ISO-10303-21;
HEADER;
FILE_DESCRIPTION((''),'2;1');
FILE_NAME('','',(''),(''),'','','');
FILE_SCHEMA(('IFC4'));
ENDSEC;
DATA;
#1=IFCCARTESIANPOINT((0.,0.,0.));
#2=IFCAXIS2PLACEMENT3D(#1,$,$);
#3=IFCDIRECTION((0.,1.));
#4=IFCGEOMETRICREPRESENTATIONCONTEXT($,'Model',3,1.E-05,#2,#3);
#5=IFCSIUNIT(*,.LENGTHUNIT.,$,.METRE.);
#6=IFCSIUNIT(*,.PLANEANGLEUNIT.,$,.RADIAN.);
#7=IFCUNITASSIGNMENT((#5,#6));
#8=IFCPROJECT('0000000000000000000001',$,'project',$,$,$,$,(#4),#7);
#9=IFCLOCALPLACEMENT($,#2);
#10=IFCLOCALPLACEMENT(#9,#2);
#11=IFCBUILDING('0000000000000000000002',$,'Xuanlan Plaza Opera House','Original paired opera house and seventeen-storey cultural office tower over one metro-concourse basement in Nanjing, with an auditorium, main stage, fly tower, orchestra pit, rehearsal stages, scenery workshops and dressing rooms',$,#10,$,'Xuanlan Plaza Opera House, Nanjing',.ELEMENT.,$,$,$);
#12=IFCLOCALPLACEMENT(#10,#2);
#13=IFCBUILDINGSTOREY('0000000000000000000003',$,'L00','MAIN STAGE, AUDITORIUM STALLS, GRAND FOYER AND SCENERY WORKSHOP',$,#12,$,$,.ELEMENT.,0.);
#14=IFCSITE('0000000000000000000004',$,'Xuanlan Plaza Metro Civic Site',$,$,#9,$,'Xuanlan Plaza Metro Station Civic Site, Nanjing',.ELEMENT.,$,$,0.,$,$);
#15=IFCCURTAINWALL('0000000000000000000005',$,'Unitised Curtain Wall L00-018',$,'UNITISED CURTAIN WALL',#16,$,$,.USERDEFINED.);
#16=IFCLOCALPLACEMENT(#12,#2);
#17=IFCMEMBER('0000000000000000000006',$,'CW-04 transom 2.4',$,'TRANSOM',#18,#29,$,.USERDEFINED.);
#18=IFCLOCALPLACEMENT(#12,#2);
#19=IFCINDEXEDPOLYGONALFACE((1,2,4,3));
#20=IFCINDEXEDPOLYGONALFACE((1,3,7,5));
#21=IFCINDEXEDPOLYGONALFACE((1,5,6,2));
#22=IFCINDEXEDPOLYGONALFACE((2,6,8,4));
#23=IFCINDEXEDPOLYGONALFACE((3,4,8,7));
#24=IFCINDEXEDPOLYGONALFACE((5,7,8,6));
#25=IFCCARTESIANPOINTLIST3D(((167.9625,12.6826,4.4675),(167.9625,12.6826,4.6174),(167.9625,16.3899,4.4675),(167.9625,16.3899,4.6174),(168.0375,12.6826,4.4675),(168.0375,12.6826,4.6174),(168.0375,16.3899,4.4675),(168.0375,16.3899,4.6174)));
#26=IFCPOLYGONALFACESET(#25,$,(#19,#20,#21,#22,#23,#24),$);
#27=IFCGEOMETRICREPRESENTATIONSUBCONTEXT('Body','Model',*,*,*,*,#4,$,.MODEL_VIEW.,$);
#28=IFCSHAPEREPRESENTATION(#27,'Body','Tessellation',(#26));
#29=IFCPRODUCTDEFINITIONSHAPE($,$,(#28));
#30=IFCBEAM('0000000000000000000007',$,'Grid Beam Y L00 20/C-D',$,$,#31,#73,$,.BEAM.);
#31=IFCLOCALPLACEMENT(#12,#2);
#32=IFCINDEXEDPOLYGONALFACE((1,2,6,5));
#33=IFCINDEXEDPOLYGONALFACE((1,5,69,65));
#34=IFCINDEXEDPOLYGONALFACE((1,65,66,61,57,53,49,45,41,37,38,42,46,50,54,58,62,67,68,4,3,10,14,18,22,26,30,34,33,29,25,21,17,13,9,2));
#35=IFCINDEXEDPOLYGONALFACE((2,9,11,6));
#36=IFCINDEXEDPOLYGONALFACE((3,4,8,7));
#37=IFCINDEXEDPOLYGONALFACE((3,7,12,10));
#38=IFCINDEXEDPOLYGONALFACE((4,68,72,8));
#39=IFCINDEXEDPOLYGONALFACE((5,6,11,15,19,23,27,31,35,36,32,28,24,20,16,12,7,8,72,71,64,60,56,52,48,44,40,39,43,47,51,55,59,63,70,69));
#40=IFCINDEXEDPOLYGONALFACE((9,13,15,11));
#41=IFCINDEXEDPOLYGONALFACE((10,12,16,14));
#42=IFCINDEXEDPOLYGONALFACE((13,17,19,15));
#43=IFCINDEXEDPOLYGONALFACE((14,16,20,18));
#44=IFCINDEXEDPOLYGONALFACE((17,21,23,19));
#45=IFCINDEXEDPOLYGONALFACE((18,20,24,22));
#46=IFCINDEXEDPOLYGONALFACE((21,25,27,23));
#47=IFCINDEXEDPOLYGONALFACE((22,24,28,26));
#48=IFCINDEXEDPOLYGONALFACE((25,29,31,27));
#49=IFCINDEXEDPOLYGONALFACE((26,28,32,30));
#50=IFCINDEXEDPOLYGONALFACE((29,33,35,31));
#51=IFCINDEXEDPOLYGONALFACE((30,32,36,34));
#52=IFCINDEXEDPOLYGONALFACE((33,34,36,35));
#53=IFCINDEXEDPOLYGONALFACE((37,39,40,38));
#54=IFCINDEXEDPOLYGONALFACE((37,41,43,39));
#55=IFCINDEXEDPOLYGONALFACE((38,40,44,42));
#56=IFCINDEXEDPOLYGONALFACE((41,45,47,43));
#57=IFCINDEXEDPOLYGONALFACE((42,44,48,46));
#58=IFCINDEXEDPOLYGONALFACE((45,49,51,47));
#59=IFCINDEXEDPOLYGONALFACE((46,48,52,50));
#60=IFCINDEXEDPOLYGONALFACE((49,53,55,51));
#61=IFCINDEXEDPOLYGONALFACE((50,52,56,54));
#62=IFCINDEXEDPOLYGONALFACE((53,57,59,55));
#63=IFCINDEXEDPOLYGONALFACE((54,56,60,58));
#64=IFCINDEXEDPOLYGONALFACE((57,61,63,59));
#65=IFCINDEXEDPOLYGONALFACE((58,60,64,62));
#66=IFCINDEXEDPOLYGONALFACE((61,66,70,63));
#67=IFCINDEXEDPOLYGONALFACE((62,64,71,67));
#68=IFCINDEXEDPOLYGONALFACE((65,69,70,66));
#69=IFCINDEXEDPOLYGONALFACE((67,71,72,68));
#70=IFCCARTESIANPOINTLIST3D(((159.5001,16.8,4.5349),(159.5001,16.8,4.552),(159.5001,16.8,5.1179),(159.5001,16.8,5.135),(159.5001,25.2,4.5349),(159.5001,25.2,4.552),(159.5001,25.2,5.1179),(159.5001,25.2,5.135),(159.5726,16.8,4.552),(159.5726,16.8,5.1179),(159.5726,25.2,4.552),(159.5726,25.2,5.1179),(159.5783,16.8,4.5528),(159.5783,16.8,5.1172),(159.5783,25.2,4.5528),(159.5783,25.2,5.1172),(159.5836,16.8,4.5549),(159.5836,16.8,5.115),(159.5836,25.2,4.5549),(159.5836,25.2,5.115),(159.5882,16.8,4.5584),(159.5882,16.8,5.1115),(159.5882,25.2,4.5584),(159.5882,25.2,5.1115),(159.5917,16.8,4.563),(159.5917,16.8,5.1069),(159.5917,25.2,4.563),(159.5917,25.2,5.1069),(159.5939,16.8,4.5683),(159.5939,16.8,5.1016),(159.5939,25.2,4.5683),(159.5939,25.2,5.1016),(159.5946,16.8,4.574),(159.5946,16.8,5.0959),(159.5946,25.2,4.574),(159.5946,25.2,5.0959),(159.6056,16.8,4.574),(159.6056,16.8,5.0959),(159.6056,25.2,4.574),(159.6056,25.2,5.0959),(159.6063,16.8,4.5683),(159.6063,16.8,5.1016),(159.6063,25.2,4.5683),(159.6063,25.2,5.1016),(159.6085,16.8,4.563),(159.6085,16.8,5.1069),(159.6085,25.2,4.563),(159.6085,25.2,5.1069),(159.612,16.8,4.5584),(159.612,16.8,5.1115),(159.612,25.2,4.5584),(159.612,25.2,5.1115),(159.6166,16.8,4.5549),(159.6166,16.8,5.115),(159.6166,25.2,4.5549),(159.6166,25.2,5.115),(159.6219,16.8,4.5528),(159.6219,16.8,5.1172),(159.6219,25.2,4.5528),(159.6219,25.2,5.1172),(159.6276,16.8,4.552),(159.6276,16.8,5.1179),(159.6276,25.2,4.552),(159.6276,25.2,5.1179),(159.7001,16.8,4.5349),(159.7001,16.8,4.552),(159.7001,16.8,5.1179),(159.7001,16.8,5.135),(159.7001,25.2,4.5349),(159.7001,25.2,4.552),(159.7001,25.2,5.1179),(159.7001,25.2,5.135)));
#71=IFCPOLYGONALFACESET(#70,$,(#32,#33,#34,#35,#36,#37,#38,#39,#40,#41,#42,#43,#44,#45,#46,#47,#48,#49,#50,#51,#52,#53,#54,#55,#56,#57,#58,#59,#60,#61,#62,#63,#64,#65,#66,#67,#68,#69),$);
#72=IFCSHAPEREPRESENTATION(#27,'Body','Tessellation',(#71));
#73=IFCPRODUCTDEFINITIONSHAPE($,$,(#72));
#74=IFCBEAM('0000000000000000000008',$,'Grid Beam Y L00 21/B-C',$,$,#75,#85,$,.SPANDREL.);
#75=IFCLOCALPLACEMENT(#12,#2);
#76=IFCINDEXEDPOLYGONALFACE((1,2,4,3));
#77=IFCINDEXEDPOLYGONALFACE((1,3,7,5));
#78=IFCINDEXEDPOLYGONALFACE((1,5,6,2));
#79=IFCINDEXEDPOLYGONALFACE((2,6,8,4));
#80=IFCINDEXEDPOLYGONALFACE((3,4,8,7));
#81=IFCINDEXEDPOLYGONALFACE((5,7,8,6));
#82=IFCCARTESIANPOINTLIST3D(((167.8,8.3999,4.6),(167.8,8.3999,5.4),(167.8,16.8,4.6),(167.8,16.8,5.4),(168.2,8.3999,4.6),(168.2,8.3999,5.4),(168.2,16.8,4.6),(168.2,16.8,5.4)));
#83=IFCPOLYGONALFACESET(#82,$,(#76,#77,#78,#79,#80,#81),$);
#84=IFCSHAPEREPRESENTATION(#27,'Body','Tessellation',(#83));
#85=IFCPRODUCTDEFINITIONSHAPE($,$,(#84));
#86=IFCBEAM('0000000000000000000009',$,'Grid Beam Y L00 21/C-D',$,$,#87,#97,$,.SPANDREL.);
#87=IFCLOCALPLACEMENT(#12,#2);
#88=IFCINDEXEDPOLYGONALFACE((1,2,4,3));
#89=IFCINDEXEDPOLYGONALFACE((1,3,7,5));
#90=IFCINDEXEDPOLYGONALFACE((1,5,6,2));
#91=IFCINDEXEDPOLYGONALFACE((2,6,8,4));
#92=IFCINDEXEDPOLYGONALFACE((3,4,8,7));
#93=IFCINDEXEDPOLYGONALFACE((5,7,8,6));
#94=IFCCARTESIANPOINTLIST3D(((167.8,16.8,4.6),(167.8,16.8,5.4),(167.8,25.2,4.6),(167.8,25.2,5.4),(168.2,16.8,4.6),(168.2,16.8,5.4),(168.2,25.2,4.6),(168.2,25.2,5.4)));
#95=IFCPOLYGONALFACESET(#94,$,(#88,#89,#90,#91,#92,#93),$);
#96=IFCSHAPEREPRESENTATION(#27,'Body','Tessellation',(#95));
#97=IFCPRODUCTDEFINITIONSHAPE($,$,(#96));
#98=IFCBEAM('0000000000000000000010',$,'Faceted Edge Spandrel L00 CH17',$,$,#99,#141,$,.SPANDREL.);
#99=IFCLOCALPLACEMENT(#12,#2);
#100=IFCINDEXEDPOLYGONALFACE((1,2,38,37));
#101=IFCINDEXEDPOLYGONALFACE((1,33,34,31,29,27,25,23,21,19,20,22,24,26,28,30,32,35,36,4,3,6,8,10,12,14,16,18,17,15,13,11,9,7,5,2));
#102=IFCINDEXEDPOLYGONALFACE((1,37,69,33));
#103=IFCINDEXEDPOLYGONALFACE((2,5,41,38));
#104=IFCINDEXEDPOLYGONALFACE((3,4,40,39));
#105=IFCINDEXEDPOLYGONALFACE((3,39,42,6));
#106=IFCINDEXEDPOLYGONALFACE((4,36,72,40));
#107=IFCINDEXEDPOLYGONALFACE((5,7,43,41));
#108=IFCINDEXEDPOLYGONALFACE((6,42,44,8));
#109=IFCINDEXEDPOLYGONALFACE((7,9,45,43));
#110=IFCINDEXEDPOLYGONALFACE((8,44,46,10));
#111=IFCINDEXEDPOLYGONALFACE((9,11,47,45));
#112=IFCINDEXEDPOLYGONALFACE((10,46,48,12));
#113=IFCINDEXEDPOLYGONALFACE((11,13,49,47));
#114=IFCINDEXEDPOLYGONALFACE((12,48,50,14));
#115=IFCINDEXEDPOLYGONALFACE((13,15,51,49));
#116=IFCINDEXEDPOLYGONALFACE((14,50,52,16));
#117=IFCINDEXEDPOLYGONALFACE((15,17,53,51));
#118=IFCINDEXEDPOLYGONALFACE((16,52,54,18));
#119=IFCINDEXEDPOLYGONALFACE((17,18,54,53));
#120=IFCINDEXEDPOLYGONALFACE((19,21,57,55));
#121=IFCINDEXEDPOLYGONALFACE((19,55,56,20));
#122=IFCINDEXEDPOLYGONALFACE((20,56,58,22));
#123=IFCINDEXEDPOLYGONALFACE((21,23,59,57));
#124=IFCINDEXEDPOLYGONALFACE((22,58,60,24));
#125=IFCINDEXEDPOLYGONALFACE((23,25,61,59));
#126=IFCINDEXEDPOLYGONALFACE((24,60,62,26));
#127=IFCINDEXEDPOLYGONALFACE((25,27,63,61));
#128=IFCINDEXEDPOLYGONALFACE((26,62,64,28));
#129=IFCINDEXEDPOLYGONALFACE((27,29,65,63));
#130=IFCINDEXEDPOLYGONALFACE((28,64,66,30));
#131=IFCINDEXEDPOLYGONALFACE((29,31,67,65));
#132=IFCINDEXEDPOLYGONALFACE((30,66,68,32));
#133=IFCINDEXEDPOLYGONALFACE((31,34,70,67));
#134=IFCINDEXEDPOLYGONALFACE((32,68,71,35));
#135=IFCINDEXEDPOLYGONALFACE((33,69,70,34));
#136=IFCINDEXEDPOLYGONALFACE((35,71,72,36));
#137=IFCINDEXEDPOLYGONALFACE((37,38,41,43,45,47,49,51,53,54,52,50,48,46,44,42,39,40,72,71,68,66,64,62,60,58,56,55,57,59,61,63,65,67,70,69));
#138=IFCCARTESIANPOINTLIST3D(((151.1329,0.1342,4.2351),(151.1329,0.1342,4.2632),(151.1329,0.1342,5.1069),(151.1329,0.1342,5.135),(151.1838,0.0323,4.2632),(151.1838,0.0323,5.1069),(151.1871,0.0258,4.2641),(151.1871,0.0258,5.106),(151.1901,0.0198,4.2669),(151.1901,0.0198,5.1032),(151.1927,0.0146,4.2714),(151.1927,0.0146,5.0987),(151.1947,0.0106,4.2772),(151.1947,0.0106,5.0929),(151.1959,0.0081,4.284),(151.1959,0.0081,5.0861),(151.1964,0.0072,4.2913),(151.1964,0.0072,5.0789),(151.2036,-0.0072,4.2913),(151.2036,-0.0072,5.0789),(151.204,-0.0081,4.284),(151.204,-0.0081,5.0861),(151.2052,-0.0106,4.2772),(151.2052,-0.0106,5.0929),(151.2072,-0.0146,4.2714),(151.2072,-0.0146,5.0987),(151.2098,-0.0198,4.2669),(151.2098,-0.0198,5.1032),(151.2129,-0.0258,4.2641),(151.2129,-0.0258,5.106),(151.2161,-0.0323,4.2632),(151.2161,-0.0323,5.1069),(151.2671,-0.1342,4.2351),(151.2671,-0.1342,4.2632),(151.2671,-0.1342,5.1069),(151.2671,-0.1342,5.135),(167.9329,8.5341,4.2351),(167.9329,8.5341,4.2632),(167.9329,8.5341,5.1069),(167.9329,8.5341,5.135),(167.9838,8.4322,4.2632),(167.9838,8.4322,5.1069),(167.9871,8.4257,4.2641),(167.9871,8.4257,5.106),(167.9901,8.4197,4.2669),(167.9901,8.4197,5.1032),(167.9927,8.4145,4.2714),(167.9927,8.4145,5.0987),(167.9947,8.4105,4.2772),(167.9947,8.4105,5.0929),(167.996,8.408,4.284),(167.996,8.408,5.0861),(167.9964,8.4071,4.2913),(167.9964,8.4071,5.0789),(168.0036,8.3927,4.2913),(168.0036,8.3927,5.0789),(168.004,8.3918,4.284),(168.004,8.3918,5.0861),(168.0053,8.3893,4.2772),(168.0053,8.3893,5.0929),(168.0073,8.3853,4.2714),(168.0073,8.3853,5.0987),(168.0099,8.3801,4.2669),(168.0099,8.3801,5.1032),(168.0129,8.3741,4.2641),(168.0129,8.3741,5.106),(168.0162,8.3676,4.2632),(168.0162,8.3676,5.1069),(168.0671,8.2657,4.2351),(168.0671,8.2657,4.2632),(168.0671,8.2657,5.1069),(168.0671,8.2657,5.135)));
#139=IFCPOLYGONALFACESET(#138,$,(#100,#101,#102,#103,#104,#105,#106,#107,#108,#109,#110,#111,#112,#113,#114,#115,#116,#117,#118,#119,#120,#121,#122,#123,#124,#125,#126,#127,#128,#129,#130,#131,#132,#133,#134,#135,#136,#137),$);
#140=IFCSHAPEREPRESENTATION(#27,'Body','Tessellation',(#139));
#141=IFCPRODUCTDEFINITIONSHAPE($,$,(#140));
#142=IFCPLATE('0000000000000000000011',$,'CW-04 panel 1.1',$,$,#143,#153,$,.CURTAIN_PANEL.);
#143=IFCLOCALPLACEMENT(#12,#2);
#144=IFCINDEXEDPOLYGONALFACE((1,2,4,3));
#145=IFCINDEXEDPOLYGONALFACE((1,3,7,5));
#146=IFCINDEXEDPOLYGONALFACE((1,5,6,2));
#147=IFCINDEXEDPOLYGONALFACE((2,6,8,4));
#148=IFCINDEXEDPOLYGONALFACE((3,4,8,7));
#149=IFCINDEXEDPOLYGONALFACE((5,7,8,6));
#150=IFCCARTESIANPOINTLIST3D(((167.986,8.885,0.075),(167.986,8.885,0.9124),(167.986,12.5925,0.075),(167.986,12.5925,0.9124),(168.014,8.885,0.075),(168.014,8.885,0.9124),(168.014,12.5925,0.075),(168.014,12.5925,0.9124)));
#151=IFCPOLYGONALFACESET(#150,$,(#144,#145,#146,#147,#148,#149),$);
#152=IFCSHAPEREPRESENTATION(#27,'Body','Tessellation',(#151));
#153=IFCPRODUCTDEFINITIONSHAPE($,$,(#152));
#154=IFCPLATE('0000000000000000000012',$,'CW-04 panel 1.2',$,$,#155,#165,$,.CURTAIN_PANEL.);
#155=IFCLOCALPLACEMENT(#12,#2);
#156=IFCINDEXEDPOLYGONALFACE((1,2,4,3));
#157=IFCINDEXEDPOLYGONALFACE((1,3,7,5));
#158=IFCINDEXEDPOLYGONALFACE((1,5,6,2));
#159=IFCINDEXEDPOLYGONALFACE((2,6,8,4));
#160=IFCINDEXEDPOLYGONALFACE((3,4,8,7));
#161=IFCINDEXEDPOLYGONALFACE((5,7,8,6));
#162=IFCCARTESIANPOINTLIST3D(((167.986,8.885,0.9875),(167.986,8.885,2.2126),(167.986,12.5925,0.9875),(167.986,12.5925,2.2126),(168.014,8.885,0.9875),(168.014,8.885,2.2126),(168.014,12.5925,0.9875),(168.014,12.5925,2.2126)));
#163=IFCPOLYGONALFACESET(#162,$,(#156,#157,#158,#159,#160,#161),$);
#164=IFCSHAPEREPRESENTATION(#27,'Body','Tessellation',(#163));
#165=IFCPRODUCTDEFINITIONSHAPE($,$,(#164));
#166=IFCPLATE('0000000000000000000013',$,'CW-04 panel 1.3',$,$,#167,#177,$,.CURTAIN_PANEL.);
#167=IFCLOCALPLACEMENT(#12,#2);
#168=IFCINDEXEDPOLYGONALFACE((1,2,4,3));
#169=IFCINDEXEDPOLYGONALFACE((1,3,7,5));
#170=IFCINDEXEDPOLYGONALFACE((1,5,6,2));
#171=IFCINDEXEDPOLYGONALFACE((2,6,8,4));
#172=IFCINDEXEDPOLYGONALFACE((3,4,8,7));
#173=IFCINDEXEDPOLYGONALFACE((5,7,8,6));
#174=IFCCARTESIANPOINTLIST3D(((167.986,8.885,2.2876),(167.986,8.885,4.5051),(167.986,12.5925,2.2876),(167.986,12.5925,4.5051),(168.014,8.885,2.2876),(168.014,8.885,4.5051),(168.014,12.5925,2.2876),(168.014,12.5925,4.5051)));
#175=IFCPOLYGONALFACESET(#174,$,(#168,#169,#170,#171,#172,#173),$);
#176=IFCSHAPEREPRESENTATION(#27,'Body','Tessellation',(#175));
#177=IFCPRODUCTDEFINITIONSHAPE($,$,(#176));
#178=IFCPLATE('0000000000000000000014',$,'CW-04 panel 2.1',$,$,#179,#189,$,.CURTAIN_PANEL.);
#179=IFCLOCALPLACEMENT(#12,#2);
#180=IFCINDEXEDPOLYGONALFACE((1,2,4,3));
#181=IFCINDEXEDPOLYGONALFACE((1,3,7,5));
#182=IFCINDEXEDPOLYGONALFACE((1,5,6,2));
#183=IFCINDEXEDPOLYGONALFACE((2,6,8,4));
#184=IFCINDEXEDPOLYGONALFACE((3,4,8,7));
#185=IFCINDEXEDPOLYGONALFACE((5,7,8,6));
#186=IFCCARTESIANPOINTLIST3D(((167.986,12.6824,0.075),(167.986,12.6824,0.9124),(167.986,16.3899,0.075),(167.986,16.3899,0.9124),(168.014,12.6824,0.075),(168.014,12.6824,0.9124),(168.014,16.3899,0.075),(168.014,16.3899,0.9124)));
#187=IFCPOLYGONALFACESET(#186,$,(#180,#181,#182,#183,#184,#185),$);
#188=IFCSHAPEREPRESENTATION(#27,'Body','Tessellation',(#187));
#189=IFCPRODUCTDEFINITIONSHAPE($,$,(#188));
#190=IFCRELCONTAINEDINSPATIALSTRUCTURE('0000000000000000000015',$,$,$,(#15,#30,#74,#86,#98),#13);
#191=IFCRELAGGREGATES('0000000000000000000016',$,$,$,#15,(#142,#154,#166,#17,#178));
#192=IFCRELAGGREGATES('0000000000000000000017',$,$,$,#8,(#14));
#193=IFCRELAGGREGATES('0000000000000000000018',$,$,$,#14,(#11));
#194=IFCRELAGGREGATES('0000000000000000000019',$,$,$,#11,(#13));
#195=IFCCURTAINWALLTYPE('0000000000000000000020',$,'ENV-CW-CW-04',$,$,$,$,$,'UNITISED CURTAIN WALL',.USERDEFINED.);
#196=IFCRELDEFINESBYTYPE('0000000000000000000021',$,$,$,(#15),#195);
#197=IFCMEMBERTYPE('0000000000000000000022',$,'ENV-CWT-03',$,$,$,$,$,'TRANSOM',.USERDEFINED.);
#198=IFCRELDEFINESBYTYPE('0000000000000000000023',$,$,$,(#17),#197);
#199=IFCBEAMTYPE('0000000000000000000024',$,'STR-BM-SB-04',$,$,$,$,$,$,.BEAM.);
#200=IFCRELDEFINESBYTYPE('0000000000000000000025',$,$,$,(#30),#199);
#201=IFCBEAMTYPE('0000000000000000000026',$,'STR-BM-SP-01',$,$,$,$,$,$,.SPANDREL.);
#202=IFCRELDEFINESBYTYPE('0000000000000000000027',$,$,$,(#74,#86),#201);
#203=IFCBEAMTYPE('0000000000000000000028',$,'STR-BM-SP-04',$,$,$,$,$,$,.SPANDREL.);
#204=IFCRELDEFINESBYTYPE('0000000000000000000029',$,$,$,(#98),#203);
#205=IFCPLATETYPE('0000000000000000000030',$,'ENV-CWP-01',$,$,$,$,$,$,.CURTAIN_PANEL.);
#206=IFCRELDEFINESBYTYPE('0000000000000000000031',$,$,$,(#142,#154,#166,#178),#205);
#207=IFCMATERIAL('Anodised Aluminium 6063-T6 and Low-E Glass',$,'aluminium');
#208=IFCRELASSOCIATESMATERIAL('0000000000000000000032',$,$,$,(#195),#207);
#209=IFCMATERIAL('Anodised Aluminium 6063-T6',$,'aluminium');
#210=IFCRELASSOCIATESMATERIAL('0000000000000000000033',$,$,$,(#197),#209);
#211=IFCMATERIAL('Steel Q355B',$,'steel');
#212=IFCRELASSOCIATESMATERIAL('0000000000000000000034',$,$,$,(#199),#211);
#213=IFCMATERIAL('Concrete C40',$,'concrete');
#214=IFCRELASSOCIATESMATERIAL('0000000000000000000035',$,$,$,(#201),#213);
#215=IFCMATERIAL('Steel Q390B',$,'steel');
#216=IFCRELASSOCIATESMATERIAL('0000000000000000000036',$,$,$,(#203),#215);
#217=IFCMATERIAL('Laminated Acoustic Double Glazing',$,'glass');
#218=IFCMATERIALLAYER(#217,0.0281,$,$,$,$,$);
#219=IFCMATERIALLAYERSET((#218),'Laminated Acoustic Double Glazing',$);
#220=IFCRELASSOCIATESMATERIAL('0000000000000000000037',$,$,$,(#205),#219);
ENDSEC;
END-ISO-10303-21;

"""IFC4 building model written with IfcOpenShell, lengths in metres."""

from ifc_helpers import new_model, si_unit, direction, frame, origin, origin_2d, place, context, subcontext, project, spatial, rectangle, i_section, extrude, material, layer, layer_set, material_profile, profile_set, type_object, element, aggregate, save


model = new_model("IFC4")

# Units and contexts
model_context = context("Model", 3, precision=1e-05, world=origin(), true_north=direction((0.0, 1.0)))
body_context = subcontext(model_context, "Body", "Model", "MODEL_VIEW")
ifc_project = project(units=[si_unit("LENGTHUNIT", "METRE"), si_unit("PLANEANGLEUNIT", "RADIAN")], contexts=[model_context])

# Site, building, storey
site_placement = place(None, origin())
site = spatial("IfcSite", under=ifc_project, at=site_placement, Name="Xuanlan Plaza Metro Civic Site", LongName="Xuanlan Plaza Metro Station Civic Site, Nanjing", CompositionType="ELEMENT", RefElevation=0.0)
building_placement = place(site_placement, origin())
building = spatial("IfcBuilding", under=site, at=building_placement, Name="Xuanlan Plaza Opera House", Description="Original paired opera house and seventeen-storey cultural office tower over one metro-concourse basement in Nanjing, with an auditorium, main stage, fly tower, orchestra pit, rehearsal stages, scenery workshops and dressing rooms", LongName="Xuanlan Plaza Opera House, Nanjing", CompositionType="ELEMENT")
storey_placement = place(building_placement, origin())
storey = spatial("IfcBuildingStorey", under=building, at=storey_placement, Name="L00", Description="MAIN STAGE, AUDITORIUM STALLS, GRAND FOYER AND SCENERY WORKSHOP", CompositionType="ELEMENT", Elevation=0.0)

# Shared definitions
ifc_material_1 = material(Name="Concrete C40", Category="concrete")

# Shared definitions
ifc_material_2 = material(Name="Anodised Aluminium 6063-T6 and Low-E Glass", Category="aluminium")
ifc_material_3 = material(Name="Anodised Aluminium 6063-T6", Category="aluminium")

# Curtain wall, member
curtain_wall_type_1 = type_object("IfcCurtainWallType", Name="ENV-CW-CW-04", ElementType="UNITISED CURTAIN WALL", PredefinedType="USERDEFINED", material=ifc_material_2)
curtain_wall_1_placement = place(storey_placement, origin())
curtain_wall_1 = element("IfcCurtainWall", 1, at=curtain_wall_1_placement, inside=storey, type_object=curtain_wall_type_1, Name="Unitised Curtain Wall L00-018", ObjectType="UNITISED CURTAIN WALL", PredefinedType="USERDEFINED")
ifc_material_profile_1 = material_profile(ifc_material_3, rectangle(XDim=0.075, YDim=0.1499, at=origin_2d()), Name="ALU-T 75x150")
ifc_profile_set_1 = profile_set([ifc_material_profile_1], Name="Anodised Aluminium 6063-T6")
member_type_1 = type_object("IfcMemberType", Name="ENV-CWT-03", ElementType="TRANSOM", PredefinedType="USERDEFINED", material=ifc_profile_set_1)
member_1_placement = place(storey_placement, frame((168.0, 12.6826, 4.5425), z_axis=(0.0, 1.0, 0.0), x_axis=(-1.0, 0.0, 0.0)))
member_1 = element("IfcMember", 2, at=member_1_placement, type_object=member_type_1, Name="CW-04 transom 2.4", ObjectType="TRANSOM", PredefinedType="USERDEFINED", context=body_context, shape_type="SweptSolid", body=[
    extrude(rectangle(XDim=0.075, YDim=0.1499, at=origin_2d()), origin(), (0.0, 0.0, 1.0), 3.7073),
])

# Beams
ifc_material_4 = material(Name="Steel Q355B", Category="steel")
ifc_material_profile_2 = material_profile(ifc_material_4, i_section(OverallWidth=0.2, OverallDepth=0.6001, WebThickness=0.011, FlangeThickness=0.0171, FilletRadius=0.022, at=origin_2d()), Name="HN 600x200x11x17")
ifc_profile_set_2 = profile_set([ifc_material_profile_2], Name="Steel Q355B")
beam_type_1 = type_object("IfcBeamType", Name="STR-BM-SB-04", PredefinedType="BEAM", material=ifc_profile_set_2)
beam_1_placement = place(storey_placement, frame((159.6001, 16.8, 4.835), z_axis=(0.0, 1.0, 0.0), x_axis=(-1.0, 0.0, 0.0)))
element("IfcBeam", 3, at=beam_1_placement, inside=storey, type_object=beam_type_1, Name="Grid Beam Y L00 20/C-D", PredefinedType="BEAM", context=body_context, shape_type="SweptSolid", body=[
    extrude(i_section(OverallWidth=0.2, OverallDepth=0.6001, WebThickness=0.011, FlangeThickness=0.0171, FilletRadius=0.022, at=origin_2d()), origin(), (0.0, 0.0, 1.0), 8.3999),
])
ifc_material_profile_3 = material_profile(ifc_material_1, rectangle(XDim=0.3999, YDim=0.8, at=origin_2d()), Name="RC-SPD 400x800")
ifc_profile_set_3 = profile_set([ifc_material_profile_3], Name="Concrete C40")
beam_type_2 = type_object("IfcBeamType", Name="STR-BM-SP-01", PredefinedType="SPANDREL", material=ifc_profile_set_3)
beam_2_placement = place(storey_placement, frame((168.0, 8.3999, 5.0), z_axis=(0.0, 1.0, 0.0), x_axis=(-1.0, 0.0, 0.0)))
element("IfcBeam", 4, at=beam_2_placement, inside=storey, type_object=beam_type_2, Name="Grid Beam Y L00 21/B-C", PredefinedType="SPANDREL", context=body_context, shape_type="SweptSolid", body=[
    extrude(rectangle(XDim=0.3999, YDim=0.8, at=origin_2d()), origin(), (0.0, 0.0, 1.0), 8.4001),
])
beam_3_placement = place(storey_placement, frame((168.0, 16.8, 5.0), z_axis=(0.0, 1.0, 0.0), x_axis=(-1.0, 0.0, 0.0)))
element("IfcBeam", 5, at=beam_3_placement, inside=storey, type_object=beam_type_2, Name="Grid Beam Y L00 21/C-D", PredefinedType="SPANDREL", context=body_context, shape_type="SweptSolid", body=[
    extrude(rectangle(XDim=0.3999, YDim=0.8, at=origin_2d()), origin(), (0.0, 0.0, 1.0), 8.3999),
])
ifc_material_5 = material(Name="Steel Q390B", Category="steel")
ifc_material_profile_4 = material_profile(ifc_material_5, i_section(OverallWidth=0.3, OverallDepth=0.8999, WebThickness=0.0161, FlangeThickness=0.0281, FilletRadius=0.0281, at=origin_2d()), Name="HN 900x300x16x28")
ifc_profile_set_4 = profile_set([ifc_material_profile_4], Name="Steel Q390B")
beam_type_3 = type_object("IfcBeamType", Name="STR-BM-SP-04", PredefinedType="SPANDREL", material=ifc_profile_set_4)
beam_4_placement = place(storey_placement, frame((168.0, 8.3999, 4.6851), z_axis=(-0.89443, -0.447208, 0.0), x_axis=(0.447208, -0.89443, 0.0)))
element("IfcBeam", 6, at=beam_4_placement, inside=storey, type_object=beam_type_3, Name="Faceted Edge Spandrel L00 CH17", PredefinedType="SPANDREL", context=body_context, shape_type="SweptSolid", body=[
    extrude(i_section(OverallWidth=0.3, OverallDepth=0.8999, WebThickness=0.0161, FlangeThickness=0.0281, FilletRadius=0.0281, at=origin_2d()), origin(), (0.0, 0.0, 1.0), 18.783),
])

# Plates
ifc_material_6 = material(Name="Laminated Acoustic Double Glazing", Category="glass")
ifc_layer = layer(ifc_material_6, 0.0281)
ifc_layer_set = layer_set([ifc_layer], Name="Laminated Acoustic Double Glazing")
plate_type = type_object("IfcPlateType", Name="ENV-CWP-01", PredefinedType="CURTAIN_PANEL", material=ifc_layer_set)
plate_1_placement = place(storey_placement, frame((168.0, 10.7388, 0.075), z_axis=(0.0, 0.0, 1.0), x_axis=(0.0, 1.0, 0.0)))
plate_1 = element("IfcPlate", 7, at=plate_1_placement, type_object=plate_type, Name="CW-04 panel 1.1", PredefinedType="CURTAIN_PANEL", context=body_context, shape_type="SweptSolid", body=[
    extrude(rectangle(XDim=3.7075, YDim=0.0281, at=origin_2d()), origin(), (0.0, 0.0, 1.0), 0.8374),
])
plate_2_placement = place(storey_placement, frame((168.0, 10.7388, 0.9875), z_axis=(0.0, 0.0, 1.0), x_axis=(0.0, 1.0, 0.0)))
plate_2 = element("IfcPlate", 8, at=plate_2_placement, type_object=plate_type, Name="CW-04 panel 1.2", PredefinedType="CURTAIN_PANEL", context=body_context, shape_type="SweptSolid", body=[
    extrude(rectangle(XDim=3.7075, YDim=0.0281, at=origin_2d()), origin(), (0.0, 0.0, 1.0), 1.2251),
])
plate_3_placement = place(storey_placement, frame((168.0, 10.7388, 2.2876), z_axis=(0.0, 0.0, 1.0), x_axis=(0.0, 1.0, 0.0)))
plate_3 = element("IfcPlate", 9, at=plate_3_placement, type_object=plate_type, Name="CW-04 panel 1.3", PredefinedType="CURTAIN_PANEL", context=body_context, shape_type="SweptSolid", body=[
    extrude(rectangle(XDim=3.7075, YDim=0.0281, at=origin_2d()), origin(), (0.0, 0.0, 1.0), 2.2175),
])
plate_4_placement = place(storey_placement, frame((168.0, 14.5361, 0.075), z_axis=(0.0, 0.0, 1.0), x_axis=(0.0, 1.0, 0.0)))
plate_4 = element("IfcPlate", 10, at=plate_4_placement, type_object=plate_type, Name="CW-04 panel 2.1", PredefinedType="CURTAIN_PANEL", context=body_context, shape_type="SweptSolid", body=[
    extrude(rectangle(XDim=3.7075, YDim=0.0281, at=origin_2d()), origin(), (0.0, 0.0, 1.0), 0.8374),
])
aggregate(curtain_wall_1, [plate_1, plate_2, plate_3, member_1, plate_4])

save(model, "model.ifc")
